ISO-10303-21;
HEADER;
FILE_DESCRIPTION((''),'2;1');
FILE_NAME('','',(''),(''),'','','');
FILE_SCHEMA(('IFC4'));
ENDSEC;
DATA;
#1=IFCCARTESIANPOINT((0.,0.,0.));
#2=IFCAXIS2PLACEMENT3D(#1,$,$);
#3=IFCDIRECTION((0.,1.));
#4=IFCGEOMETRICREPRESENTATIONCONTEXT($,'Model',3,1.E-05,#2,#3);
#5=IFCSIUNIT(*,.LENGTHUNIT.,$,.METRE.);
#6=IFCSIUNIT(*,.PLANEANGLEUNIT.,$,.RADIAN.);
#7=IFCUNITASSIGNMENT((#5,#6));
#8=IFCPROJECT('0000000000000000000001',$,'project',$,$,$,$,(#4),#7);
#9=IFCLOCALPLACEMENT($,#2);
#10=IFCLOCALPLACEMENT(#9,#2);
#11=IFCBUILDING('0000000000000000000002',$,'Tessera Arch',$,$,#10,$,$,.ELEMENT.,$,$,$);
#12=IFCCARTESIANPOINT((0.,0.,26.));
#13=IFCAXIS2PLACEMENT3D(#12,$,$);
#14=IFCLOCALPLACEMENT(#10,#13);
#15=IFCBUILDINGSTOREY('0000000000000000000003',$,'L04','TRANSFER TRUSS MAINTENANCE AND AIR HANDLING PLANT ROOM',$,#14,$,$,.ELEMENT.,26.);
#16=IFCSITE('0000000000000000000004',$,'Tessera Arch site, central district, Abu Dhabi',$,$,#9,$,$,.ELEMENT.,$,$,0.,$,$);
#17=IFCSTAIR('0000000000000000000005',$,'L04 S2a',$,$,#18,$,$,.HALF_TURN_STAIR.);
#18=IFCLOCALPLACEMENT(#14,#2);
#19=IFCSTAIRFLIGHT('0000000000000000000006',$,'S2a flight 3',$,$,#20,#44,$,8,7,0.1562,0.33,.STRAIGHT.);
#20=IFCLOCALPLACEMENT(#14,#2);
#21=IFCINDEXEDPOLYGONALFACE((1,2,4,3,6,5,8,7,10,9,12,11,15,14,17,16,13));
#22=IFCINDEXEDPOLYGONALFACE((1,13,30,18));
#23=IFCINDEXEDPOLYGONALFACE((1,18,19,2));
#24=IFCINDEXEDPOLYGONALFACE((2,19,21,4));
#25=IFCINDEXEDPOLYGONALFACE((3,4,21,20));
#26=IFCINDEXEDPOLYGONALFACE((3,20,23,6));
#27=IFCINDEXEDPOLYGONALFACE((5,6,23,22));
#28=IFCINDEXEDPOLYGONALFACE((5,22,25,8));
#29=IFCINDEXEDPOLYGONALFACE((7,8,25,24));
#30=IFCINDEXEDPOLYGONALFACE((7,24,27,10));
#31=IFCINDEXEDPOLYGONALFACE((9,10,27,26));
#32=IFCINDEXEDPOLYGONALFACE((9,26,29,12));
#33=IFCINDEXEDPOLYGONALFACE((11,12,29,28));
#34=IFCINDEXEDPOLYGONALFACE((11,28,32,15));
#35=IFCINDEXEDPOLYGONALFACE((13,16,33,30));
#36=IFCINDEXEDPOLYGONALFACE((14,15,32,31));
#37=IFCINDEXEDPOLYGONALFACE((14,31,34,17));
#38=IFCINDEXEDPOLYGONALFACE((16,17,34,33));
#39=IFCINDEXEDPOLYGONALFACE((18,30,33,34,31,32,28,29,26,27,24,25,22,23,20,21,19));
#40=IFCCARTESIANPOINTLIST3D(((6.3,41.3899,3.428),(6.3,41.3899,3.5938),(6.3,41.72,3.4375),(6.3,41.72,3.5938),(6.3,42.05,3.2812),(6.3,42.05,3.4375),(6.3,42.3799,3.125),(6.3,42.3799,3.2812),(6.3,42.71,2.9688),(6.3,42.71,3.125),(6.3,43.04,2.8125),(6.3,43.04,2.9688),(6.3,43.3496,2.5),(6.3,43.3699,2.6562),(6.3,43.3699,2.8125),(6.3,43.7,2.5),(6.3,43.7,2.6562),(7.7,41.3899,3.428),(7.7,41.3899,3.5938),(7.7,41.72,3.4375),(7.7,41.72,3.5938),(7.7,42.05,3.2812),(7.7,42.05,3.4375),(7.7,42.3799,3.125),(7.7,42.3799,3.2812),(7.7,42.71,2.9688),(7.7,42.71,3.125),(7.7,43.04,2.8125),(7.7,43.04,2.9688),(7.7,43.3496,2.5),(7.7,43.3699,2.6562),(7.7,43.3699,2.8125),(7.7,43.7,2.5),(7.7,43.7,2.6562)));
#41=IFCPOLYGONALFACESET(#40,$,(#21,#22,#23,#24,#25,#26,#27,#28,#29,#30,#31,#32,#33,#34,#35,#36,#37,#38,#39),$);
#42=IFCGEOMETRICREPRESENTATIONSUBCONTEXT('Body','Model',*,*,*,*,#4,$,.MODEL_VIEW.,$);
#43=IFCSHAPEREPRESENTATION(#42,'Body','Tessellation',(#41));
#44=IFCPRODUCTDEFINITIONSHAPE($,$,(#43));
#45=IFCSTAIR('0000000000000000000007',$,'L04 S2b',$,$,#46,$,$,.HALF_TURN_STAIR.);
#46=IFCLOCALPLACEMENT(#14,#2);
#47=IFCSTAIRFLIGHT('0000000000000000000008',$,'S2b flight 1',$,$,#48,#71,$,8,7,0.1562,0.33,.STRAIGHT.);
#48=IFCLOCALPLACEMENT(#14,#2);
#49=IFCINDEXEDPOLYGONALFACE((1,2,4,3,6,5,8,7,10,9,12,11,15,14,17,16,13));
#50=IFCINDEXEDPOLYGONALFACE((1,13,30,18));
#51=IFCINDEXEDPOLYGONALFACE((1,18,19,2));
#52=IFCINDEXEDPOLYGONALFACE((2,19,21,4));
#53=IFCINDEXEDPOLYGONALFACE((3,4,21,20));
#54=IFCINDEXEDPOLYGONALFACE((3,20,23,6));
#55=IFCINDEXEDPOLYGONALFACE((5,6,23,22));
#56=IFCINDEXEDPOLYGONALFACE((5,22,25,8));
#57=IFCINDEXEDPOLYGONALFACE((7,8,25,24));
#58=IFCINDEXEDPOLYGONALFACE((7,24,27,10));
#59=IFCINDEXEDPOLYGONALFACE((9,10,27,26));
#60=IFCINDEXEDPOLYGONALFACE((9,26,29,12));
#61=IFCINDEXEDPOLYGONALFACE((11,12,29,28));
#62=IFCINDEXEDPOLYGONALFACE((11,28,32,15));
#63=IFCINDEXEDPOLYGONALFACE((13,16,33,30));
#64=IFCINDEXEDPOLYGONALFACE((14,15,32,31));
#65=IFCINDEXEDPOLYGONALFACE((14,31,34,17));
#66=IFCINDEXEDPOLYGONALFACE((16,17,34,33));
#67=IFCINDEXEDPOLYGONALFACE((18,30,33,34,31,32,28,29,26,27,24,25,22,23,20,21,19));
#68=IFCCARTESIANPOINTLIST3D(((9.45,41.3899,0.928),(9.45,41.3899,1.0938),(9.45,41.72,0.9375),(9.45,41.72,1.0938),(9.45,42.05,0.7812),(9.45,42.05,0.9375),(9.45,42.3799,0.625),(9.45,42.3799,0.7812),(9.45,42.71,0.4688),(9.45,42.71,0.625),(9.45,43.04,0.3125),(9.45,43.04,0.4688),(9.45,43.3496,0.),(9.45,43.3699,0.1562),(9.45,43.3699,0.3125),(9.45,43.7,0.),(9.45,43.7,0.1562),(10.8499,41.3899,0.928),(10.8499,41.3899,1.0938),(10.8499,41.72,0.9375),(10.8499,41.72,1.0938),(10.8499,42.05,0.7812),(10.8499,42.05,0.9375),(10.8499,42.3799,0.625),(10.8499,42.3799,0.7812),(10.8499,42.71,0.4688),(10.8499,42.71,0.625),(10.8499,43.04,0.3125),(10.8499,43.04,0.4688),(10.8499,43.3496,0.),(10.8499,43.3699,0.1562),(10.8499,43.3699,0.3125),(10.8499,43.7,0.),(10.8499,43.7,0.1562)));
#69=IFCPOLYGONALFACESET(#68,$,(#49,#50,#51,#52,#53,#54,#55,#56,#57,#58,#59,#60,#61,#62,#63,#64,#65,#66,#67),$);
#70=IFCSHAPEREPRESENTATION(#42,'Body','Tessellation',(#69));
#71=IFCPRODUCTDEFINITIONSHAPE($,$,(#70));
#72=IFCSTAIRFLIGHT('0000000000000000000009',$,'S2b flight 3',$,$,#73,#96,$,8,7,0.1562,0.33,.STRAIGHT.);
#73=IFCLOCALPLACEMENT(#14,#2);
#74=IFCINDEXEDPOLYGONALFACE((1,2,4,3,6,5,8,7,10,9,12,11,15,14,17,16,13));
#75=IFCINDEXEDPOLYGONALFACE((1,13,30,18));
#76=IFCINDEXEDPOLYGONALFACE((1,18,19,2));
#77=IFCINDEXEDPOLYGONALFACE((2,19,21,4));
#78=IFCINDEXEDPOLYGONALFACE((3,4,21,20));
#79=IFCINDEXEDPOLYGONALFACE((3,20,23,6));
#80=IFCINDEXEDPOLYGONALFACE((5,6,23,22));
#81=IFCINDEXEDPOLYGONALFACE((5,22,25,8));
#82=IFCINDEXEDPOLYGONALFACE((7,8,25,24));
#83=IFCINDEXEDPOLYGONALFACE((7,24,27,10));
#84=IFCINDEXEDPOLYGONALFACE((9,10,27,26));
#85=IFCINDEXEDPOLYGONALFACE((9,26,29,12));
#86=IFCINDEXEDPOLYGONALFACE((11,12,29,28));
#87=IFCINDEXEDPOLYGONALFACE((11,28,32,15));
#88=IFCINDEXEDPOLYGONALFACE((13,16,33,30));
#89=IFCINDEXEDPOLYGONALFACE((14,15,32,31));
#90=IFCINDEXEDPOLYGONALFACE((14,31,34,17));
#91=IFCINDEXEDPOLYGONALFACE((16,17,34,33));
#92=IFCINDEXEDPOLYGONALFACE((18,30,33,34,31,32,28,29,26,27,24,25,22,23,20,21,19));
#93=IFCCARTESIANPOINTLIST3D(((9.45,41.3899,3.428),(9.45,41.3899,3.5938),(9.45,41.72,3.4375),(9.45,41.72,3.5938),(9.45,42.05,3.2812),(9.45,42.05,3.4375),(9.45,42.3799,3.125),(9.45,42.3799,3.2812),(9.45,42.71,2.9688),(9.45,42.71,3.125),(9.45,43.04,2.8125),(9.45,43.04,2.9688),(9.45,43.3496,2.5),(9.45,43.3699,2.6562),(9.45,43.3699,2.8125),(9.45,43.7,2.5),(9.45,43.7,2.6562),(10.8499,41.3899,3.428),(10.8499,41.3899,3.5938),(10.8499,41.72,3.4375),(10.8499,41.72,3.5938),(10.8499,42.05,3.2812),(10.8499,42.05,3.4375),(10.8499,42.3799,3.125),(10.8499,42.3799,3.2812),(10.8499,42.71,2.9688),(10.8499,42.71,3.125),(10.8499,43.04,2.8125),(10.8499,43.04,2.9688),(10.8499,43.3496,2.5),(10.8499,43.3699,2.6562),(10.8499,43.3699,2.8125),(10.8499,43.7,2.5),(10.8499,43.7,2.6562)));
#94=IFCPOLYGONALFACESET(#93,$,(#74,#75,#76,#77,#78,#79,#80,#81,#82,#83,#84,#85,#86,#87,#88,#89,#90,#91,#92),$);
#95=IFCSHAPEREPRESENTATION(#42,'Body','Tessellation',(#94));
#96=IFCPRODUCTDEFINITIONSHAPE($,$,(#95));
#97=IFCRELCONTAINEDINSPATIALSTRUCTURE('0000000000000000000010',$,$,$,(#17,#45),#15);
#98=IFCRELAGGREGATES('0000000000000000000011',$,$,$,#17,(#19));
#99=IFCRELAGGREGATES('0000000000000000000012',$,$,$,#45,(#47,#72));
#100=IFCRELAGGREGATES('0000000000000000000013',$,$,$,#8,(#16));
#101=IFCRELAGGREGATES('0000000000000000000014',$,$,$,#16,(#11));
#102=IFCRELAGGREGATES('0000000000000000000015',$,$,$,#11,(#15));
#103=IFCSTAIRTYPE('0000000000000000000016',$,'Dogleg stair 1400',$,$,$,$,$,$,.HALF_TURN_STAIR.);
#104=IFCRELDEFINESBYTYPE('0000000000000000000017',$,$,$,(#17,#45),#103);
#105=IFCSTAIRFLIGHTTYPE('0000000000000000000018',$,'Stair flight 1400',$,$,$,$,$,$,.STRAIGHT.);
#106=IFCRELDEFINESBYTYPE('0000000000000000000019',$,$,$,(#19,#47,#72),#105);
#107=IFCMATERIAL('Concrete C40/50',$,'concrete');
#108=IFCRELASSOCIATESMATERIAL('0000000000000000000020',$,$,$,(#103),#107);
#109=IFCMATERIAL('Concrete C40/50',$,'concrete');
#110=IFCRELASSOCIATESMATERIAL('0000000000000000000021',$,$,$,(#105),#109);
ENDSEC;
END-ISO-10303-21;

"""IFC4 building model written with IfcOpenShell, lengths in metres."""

from ifc_helpers import new_model, si_unit, direction, frame, origin, place, context, subcontext, project, spatial, polyline, outline, extrude, material, type_object, element, aggregate, save


model = new_model("IFC4")

# Units and contexts
model_context = context("Model", 3, precision=1e-05, world=origin(), true_north=direction((0.0, 1.0)))
body_context = subcontext(model_context, "Body", "Model", "MODEL_VIEW")
ifc_project = project(units=[si_unit("LENGTHUNIT", "METRE"), si_unit("PLANEANGLEUNIT", "RADIAN")], contexts=[model_context])

# Site, building, storey
site_placement = place(None, origin())
site = spatial("IfcSite", under=ifc_project, at=site_placement, Name="Tessera Arch site, central district, Abu Dhabi", CompositionType="ELEMENT", RefElevation=0.0)
building_placement = place(site_placement, origin())
building = spatial("IfcBuilding", under=site, at=building_placement, Name="Tessera Arch", CompositionType="ELEMENT")
storey_placement = place(building_placement, frame((0.0, 0.0, 26.0)))
storey = spatial("IfcBuildingStorey", under=building, at=storey_placement, Name="L04", Description="TRANSFER TRUSS MAINTENANCE AND AIR HANDLING PLANT ROOM", CompositionType="ELEMENT", Elevation=26.0)

# Stairs, stair flights
ifc_material_1 = material(Name="Concrete C40/50", Category="concrete")
stair_type = type_object("IfcStairType", Name="Dogleg stair 1400", PredefinedType="HALF_TURN_STAIR", material=ifc_material_1)
stair_1_placement = place(storey_placement, origin())
stair_1 = element("IfcStair", 1, at=stair_1_placement, inside=storey, type_object=stair_type, Name="L04 S2a", PredefinedType="HALF_TURN_STAIR")
ifc_material_2 = material(Name="Concrete C40/50", Category="concrete")
stair_flight_type = type_object("IfcStairFlightType", Name="Stair flight 1400", PredefinedType="STRAIGHT", material=ifc_material_2)
stair_flight_1_placement = place(storey_placement, frame((7.0, 43.7, 2.5), z_axis=(0.0, 0.0, 1.0), x_axis=(0.0, -1.0, 0.0)))
stair_flight_1 = element("IfcStairFlight", 2, at=stair_flight_1_placement, type_object=stair_flight_type, Name="S2a flight 3", NumberOfRisers=8, NumberOfTreads=7, PredefinedType="STRAIGHT", RiserHeight=0.1562, TreadLength=0.33, context=body_context, shape_type="SweptSolid", body=[
    extrude(outline(polyline([(0.0, 0.0), (0.0, 0.1562), (0.3301, 0.1562), (0.3301, 0.3125), (0.6599, 0.3125), (0.6599, 0.4688), (0.99, 0.4688), (0.99, 0.625), (1.3201, 0.625), (1.3201, 0.7812), (1.6499, 0.7812), (1.6499, 0.9375), (1.98, 0.9375), (1.98, 1.0938), (2.3101, 1.0938), (2.3101, 1.25), (2.3101, 0.928), (0.3503, 0.0), (0.0, 0.0)])), frame((0.0, 0.7, 0.0), z_axis=(0.0, -1.0, 0.0), x_axis=(1.0, 0.0, 0.0)), (0.0, 0.0, 1.0), 1.3999),
])
aggregate(stair_1, [stair_flight_1])
stair_2_placement = place(storey_placement, origin())
stair_2 = element("IfcStair", 3, at=stair_2_placement, inside=storey, type_object=stair_type, Name="L04 S2b", PredefinedType="HALF_TURN_STAIR")
stair_flight_2_placement = place(storey_placement, frame((10.1499, 43.7, 0.0), z_axis=(0.0, 0.0, 1.0), x_axis=(0.0, -1.0, 0.0)))
stair_flight_2 = element("IfcStairFlight", 4, at=stair_flight_2_placement, type_object=stair_flight_type, Name="S2b flight 1", NumberOfRisers=8, NumberOfTreads=7, PredefinedType="STRAIGHT", RiserHeight=0.1562, TreadLength=0.33, context=body_context, shape_type="SweptSolid", body=[
    extrude(outline(polyline([(0.0, 0.0), (0.0, 0.1562), (0.3301, 0.1562), (0.3301, 0.3125), (0.6599, 0.3125), (0.6599, 0.4688), (0.99, 0.4688), (0.99, 0.625), (1.3201, 0.625), (1.3201, 0.7812), (1.6499, 0.7812), (1.6499, 0.9375), (1.98, 0.9375), (1.98, 1.0938), (2.3101, 1.0938), (2.3101, 1.25), (2.3101, 0.928), (0.3503, 0.0), (0.0, 0.0)])), frame((0.0, 0.7, 0.0), z_axis=(0.0, -1.0, 0.0), x_axis=(1.0, 0.0, 0.0)), (0.0, 0.0, 1.0), 1.3999),
])
stair_flight_3_placement = place(storey_placement, frame((10.1499, 43.7, 2.5), z_axis=(0.0, 0.0, 1.0), x_axis=(0.0, -1.0, 0.0)))
stair_flight_3 = element("IfcStairFlight", 5, at=stair_flight_3_placement, type_object=stair_flight_type, Name="S2b flight 3", NumberOfRisers=8, NumberOfTreads=7, PredefinedType="STRAIGHT", RiserHeight=0.1562, TreadLength=0.33, context=body_context, shape_type="SweptSolid", body=[
    extrude(outline(polyline([(0.0, 0.0), (0.0, 0.1562), (0.3301, 0.1562), (0.3301, 0.3125), (0.6599, 0.3125), (0.6599, 0.4688), (0.99, 0.4688), (0.99, 0.625), (1.3201, 0.625), (1.3201, 0.7812), (1.6499, 0.7812), (1.6499, 0.9375), (1.98, 0.9375), (1.98, 1.0938), (2.3101, 1.0938), (2.3101, 1.25), (2.3101, 0.928), (0.3503, 0.0), (0.0, 0.0)])), frame((0.0, 0.7, 0.0), z_axis=(0.0, -1.0, 0.0), x_axis=(1.0, 0.0, 0.0)), (0.0, 0.0, 1.0), 1.3999),
])
aggregate(stair_2, [stair_flight_2, stair_flight_3])

save(model, "model.ifc")
